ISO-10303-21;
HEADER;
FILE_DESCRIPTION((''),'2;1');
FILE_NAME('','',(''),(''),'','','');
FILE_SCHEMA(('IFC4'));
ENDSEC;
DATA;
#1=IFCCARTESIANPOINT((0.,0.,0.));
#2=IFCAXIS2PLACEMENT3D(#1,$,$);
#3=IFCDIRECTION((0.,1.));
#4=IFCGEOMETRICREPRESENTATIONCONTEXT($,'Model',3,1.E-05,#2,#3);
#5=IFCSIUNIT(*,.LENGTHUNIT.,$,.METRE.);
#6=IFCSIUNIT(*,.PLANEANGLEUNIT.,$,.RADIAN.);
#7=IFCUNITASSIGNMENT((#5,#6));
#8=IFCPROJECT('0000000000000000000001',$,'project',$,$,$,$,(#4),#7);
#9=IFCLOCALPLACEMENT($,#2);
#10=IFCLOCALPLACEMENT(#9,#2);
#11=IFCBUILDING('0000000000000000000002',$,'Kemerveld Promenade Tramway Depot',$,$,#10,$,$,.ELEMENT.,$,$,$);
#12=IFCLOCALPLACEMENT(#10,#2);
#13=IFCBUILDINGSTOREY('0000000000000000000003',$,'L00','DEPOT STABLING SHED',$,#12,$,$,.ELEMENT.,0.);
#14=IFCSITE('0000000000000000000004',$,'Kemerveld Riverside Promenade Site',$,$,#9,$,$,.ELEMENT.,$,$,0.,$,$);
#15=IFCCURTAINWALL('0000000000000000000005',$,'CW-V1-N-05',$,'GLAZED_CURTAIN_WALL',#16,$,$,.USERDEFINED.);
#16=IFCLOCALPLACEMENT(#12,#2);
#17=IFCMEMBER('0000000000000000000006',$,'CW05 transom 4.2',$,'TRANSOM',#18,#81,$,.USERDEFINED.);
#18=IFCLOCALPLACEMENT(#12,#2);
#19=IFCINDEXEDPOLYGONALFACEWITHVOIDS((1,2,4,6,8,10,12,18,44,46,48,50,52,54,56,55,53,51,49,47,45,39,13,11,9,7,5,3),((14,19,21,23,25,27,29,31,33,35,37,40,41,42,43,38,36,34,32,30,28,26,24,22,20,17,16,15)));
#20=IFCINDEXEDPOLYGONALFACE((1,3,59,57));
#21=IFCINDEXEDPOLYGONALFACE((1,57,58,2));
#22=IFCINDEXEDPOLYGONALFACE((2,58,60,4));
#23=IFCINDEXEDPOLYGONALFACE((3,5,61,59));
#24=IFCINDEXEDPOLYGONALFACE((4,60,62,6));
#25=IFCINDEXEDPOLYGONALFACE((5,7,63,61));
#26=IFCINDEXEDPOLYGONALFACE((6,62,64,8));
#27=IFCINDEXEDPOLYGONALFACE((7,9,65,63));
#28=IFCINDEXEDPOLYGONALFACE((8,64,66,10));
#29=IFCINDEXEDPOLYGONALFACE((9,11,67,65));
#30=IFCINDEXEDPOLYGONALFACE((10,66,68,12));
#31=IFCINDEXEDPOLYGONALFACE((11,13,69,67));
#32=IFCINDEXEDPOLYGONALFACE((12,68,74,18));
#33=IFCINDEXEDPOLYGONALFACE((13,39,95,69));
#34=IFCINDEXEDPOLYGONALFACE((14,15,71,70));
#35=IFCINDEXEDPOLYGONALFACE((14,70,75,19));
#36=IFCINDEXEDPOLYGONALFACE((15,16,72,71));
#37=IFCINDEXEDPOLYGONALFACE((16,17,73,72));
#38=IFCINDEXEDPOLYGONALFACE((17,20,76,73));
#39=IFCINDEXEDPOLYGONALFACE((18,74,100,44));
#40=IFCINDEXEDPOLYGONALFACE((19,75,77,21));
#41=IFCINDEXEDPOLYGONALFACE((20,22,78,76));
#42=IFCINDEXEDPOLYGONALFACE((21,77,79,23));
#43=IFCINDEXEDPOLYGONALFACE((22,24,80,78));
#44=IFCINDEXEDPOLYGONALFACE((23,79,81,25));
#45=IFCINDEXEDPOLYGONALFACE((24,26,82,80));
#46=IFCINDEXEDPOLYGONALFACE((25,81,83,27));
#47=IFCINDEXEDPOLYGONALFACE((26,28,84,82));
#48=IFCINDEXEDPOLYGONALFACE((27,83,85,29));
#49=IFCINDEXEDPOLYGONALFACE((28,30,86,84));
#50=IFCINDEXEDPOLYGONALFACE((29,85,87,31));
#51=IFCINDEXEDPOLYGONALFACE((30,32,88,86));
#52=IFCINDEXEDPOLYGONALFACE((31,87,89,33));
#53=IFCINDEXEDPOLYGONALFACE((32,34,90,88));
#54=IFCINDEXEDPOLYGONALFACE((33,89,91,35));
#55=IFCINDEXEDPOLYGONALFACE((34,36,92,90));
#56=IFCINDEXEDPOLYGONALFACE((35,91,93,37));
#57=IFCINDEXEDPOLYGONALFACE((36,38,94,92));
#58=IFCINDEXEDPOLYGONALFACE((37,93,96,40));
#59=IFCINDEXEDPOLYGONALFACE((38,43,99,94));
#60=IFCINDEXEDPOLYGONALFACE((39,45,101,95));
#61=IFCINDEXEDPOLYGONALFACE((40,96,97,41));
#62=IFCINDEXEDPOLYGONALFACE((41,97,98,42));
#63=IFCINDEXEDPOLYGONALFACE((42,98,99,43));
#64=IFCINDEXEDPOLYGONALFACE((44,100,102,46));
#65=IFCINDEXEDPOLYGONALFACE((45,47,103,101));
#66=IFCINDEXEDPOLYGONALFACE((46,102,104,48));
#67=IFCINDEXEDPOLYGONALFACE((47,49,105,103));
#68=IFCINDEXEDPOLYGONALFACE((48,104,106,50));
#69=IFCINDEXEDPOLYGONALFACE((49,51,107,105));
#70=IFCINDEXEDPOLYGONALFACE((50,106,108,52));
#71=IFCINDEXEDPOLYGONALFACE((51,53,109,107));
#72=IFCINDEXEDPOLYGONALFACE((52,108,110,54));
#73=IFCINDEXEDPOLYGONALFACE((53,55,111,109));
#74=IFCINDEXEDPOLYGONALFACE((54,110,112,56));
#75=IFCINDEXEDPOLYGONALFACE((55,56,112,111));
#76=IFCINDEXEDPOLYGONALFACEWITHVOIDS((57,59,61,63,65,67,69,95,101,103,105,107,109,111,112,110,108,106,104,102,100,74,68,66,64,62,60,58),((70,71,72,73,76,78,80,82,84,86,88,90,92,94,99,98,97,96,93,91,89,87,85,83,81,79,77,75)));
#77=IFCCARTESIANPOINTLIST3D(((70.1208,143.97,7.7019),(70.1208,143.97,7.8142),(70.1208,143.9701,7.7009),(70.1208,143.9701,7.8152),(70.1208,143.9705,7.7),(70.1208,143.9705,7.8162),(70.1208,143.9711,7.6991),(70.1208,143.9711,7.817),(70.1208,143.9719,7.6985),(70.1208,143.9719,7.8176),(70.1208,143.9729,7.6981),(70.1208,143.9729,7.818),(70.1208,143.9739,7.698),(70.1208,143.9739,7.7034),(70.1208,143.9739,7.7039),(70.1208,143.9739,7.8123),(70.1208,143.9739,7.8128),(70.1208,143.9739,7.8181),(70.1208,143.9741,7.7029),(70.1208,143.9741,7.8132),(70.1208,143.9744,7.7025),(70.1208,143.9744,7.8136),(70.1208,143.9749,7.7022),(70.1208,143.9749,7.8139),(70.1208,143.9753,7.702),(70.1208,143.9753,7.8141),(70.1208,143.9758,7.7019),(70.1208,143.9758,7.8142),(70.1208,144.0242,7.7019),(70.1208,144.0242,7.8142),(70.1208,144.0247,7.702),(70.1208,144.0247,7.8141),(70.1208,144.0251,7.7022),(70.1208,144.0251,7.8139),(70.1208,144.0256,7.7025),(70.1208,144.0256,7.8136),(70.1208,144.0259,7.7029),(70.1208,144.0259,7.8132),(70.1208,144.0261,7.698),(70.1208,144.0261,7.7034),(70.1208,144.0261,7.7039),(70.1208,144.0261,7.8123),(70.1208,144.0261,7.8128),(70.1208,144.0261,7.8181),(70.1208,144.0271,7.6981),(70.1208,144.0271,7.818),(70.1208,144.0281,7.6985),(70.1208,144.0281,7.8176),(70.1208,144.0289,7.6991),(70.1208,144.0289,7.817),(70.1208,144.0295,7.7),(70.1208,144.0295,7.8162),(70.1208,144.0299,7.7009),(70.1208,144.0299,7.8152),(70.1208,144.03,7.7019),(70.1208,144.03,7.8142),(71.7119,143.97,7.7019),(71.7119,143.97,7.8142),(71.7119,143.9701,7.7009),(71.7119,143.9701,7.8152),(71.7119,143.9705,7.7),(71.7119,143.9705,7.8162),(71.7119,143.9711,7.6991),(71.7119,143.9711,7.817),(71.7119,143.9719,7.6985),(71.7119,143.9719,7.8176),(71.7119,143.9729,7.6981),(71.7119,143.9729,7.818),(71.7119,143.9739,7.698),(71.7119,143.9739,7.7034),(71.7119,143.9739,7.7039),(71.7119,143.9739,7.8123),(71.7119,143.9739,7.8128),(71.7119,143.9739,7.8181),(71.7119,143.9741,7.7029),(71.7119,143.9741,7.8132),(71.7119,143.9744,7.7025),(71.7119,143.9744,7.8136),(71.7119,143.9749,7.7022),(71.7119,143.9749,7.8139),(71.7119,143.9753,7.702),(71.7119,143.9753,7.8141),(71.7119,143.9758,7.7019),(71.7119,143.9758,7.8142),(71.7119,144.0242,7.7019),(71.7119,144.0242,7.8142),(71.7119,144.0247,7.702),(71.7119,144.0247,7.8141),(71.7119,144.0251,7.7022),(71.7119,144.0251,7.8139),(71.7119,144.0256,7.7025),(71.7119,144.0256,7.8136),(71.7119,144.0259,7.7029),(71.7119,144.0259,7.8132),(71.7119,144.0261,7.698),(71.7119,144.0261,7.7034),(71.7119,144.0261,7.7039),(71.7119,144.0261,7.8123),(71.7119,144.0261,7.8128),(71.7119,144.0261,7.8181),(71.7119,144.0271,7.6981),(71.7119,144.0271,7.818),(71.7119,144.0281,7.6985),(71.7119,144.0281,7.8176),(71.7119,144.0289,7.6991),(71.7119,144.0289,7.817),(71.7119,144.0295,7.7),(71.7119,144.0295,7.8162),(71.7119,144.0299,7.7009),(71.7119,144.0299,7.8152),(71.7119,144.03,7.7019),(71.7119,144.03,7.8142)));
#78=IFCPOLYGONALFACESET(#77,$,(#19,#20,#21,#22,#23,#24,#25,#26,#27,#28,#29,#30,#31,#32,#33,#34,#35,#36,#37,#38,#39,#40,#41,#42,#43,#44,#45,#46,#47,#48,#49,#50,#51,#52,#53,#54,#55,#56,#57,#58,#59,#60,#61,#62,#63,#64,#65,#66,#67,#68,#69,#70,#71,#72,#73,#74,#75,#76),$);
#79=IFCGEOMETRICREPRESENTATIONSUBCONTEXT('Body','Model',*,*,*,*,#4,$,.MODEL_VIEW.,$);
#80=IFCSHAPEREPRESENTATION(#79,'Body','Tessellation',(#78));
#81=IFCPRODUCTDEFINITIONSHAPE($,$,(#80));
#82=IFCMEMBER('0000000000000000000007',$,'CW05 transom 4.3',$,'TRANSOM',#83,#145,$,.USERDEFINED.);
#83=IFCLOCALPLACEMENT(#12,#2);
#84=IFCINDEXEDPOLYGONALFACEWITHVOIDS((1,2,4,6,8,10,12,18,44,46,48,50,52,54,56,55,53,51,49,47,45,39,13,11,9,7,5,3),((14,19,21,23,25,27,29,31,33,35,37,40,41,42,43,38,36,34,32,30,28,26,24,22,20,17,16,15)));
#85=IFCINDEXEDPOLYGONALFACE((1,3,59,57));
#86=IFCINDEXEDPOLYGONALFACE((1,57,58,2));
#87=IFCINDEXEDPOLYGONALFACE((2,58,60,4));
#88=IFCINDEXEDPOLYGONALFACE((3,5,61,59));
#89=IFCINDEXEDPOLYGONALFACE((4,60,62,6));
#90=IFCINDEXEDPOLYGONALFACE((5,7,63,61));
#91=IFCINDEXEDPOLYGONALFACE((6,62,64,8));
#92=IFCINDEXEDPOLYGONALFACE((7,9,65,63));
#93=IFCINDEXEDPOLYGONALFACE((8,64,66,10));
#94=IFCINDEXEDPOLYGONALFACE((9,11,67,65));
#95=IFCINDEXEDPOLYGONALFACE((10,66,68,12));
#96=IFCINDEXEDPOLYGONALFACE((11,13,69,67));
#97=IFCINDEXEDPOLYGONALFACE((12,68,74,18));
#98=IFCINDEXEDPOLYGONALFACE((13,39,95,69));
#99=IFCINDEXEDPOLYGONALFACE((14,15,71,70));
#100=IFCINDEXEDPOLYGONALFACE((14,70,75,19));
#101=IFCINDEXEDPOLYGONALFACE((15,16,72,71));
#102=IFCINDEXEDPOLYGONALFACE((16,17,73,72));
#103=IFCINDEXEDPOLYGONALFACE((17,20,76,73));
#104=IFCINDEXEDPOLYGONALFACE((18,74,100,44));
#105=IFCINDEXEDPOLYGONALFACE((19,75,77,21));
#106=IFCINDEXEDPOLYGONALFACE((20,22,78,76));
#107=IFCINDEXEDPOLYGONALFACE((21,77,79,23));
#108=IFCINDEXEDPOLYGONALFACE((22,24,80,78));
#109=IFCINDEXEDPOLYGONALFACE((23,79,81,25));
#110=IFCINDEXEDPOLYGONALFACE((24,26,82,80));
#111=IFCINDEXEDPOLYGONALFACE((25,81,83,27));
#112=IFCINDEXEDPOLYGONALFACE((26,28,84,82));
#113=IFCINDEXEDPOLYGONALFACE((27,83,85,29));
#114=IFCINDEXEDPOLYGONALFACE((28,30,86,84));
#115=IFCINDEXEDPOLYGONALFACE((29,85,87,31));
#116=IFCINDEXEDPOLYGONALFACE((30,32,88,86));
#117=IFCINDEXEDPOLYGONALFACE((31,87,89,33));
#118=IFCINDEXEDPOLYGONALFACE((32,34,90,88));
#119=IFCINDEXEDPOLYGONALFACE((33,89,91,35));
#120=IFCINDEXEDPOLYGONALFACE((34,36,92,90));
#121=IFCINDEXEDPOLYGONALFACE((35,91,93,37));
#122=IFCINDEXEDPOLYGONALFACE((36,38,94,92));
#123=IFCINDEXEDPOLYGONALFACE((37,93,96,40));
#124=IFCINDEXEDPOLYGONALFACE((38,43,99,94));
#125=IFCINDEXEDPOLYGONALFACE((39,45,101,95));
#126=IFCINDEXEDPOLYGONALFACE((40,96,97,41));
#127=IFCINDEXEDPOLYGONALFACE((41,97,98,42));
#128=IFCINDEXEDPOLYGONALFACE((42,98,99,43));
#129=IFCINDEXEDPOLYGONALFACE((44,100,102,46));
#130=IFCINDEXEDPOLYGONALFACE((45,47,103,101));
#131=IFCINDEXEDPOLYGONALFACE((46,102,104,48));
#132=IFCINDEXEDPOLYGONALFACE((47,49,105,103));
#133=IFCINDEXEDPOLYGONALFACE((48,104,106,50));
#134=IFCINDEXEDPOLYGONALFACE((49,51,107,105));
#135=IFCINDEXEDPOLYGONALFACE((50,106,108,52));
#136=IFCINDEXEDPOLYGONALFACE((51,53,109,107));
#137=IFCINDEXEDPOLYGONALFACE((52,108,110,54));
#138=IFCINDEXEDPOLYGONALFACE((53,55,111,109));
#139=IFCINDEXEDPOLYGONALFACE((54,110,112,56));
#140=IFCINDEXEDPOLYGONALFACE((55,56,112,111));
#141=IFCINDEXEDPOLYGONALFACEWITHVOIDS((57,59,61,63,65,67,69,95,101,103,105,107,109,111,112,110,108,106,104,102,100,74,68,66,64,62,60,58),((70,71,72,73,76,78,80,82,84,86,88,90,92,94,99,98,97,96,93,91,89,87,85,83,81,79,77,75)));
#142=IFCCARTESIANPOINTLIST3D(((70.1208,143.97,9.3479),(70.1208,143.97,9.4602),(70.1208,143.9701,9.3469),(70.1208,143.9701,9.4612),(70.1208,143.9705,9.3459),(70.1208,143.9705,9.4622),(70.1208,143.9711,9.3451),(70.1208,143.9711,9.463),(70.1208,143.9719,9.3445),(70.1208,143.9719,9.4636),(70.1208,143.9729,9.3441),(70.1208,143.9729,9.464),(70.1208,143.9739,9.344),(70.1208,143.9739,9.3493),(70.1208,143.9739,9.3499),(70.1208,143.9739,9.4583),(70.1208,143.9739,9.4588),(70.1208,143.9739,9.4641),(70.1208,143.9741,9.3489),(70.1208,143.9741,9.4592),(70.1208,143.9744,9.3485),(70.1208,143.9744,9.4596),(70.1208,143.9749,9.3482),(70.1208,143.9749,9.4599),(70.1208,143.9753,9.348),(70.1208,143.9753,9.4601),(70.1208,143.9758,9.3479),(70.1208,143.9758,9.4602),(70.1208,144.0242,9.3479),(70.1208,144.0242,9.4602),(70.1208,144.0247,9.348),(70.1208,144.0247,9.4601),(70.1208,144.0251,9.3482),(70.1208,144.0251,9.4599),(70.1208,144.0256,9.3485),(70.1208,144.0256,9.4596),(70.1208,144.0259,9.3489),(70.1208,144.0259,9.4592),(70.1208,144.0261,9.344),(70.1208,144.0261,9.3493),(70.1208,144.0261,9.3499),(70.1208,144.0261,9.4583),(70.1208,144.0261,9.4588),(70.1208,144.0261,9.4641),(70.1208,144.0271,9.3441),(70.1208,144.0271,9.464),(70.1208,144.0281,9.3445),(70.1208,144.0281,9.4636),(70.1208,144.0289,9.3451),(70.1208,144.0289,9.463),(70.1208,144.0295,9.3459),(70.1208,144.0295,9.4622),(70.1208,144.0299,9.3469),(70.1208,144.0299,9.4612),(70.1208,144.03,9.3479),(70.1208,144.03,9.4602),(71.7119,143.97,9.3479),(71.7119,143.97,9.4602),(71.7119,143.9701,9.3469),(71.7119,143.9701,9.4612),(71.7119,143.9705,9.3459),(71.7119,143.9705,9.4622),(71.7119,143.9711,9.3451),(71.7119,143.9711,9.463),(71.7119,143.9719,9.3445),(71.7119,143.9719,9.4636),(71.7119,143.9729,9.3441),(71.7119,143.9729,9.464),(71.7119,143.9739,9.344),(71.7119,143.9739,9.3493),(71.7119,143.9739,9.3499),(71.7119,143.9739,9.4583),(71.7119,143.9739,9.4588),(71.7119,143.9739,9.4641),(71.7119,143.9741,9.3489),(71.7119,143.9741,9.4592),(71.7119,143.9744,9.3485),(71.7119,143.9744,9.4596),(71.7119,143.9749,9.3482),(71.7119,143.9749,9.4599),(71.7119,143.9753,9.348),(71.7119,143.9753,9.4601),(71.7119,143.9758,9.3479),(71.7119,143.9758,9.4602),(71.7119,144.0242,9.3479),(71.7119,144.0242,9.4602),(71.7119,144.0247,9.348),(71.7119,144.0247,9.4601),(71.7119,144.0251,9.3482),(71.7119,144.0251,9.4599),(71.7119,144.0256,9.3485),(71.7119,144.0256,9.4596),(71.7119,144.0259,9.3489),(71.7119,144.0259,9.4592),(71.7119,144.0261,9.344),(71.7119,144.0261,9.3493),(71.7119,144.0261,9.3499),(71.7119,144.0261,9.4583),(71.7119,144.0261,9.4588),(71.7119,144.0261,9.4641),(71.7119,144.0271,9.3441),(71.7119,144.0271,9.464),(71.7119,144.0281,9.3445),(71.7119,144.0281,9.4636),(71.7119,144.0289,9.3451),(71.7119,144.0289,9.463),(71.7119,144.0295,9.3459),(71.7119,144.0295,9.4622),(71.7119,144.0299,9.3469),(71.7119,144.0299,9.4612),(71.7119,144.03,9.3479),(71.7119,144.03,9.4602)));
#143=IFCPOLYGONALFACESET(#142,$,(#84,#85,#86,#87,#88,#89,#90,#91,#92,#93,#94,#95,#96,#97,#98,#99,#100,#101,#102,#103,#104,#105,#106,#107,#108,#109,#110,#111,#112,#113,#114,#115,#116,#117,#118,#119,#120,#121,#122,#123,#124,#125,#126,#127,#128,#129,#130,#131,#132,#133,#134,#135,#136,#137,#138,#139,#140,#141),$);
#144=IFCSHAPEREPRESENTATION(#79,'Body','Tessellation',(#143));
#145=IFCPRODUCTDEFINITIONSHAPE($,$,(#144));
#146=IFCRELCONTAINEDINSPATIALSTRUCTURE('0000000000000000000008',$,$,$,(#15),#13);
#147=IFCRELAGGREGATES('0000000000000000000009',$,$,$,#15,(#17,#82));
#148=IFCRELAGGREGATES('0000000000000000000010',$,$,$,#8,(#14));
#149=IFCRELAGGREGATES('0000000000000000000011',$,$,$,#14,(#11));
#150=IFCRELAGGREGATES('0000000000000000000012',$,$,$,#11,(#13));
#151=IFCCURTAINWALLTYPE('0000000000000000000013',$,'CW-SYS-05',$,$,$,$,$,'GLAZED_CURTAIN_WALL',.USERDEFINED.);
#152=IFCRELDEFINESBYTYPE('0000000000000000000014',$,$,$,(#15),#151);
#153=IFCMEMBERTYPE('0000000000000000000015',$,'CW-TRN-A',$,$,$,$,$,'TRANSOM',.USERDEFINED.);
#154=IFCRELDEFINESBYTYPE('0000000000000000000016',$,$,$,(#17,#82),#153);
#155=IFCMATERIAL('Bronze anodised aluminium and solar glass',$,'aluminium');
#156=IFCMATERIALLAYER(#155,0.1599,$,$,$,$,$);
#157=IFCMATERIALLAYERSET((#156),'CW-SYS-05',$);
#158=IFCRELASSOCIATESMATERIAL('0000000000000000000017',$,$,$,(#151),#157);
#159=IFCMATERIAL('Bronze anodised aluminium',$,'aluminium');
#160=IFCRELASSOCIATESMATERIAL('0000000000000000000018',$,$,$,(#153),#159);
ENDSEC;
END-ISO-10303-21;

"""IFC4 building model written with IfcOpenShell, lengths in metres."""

from ifc_helpers import new_model, si_unit, direction, frame, origin, origin_2d, place, context, subcontext, project, spatial, hollow_rectangle, extrude, material, layer, layer_set, material_profile, profile_set, type_object, element, aggregate, save


model = new_model("IFC4")

# Units and contexts
model_context = context("Model", 3, precision=1e-05, world=origin(), true_north=direction((0.0, 1.0)))
body_context = subcontext(model_context, "Body", "Model", "MODEL_VIEW")
ifc_project = project(units=[si_unit("LENGTHUNIT", "METRE"), si_unit("PLANEANGLEUNIT", "RADIAN")], contexts=[model_context])

# Site, building, storey
site_placement = place(None, origin())
site = spatial("IfcSite", under=ifc_project, at=site_placement, Name="Kemerveld Riverside Promenade Site", CompositionType="ELEMENT", RefElevation=0.0)
building_placement = place(site_placement, origin())
building = spatial("IfcBuilding", under=site, at=building_placement, Name="Kemerveld Promenade Tramway Depot", CompositionType="ELEMENT")
storey_placement = place(building_placement, origin())
storey = spatial("IfcBuildingStorey", under=building, at=storey_placement, Name="L00", Description="DEPOT STABLING SHED", CompositionType="ELEMENT", Elevation=0.0)

# Curtain wall, members
ifc_material_1 = material(Name="Bronze anodised aluminium and solar glass", Category="aluminium")
ifc_layer_1 = layer(ifc_material_1, 0.1599)
ifc_layer_set_1 = layer_set([ifc_layer_1], Name="CW-SYS-05")
curtain_wall_type_1 = type_object("IfcCurtainWallType", Name="CW-SYS-05", ElementType="GLAZED_CURTAIN_WALL", PredefinedType="USERDEFINED", material=ifc_layer_set_1)
curtain_wall_1_placement = place(storey_placement, origin())
curtain_wall_1 = element("IfcCurtainWall", 1, at=curtain_wall_1_placement, inside=storey, type_object=curtain_wall_type_1, Name="CW-V1-N-05", ObjectType="GLAZED_CURTAIN_WALL", PredefinedType="USERDEFINED")
ifc_material_2 = material(Name="Bronze anodised aluminium", Category="aluminium")
ifc_material_profile_1 = material_profile(ifc_material_2, hollow_rectangle(XDim=0.0601, YDim=0.1201, WallThickness=0.0039, InnerFilletRadius=0.002, OuterFilletRadius=0.0039, at=origin_2d()), Name="CW-TRN-120x60")
ifc_profile_set_1 = profile_set([ifc_material_profile_1], Name="Bronze anodised aluminium")
member_type_1 = type_object("IfcMemberType", Name="CW-TRN-A", ElementType="TRANSOM", PredefinedType="USERDEFINED", material=ifc_profile_set_1)
member_1_placement = place(storey_placement, frame((70.1208, 144.0, 7.7581), z_axis=(1.0, 0.0, 0.0), x_axis=(0.0, 1.0, 0.0)))
member_1 = element("IfcMember", 2, at=member_1_placement, type_object=member_type_1, Name="CW05 transom 4.2", ObjectType="TRANSOM", PredefinedType="USERDEFINED", context=body_context, shape_type="SweptSolid", body=[
    extrude(hollow_rectangle(XDim=0.0601, YDim=0.1201, WallThickness=0.0039, InnerFilletRadius=0.002, OuterFilletRadius=0.0039, at=origin_2d()), origin(), (0.0, 0.0, 1.0), 1.5911),
])
member_2_placement = place(storey_placement, frame((70.1208, 144.0, 9.4041), z_axis=(1.0, 0.0, 0.0), x_axis=(0.0, 1.0, 0.0)))
member_2 = element("IfcMember", 3, at=member_2_placement, type_object=member_type_1, Name="CW05 transom 4.3", ObjectType="TRANSOM", PredefinedType="USERDEFINED", context=body_context, shape_type="SweptSolid", body=[
    extrude(hollow_rectangle(XDim=0.0601, YDim=0.1201, WallThickness=0.0039, InnerFilletRadius=0.002, OuterFilletRadius=0.0039, at=origin_2d()), origin(), (0.0, 0.0, 1.0), 1.5911),
])

aggregate(curtain_wall_1, [member_1, member_2])

save(model, "model.ifc")
